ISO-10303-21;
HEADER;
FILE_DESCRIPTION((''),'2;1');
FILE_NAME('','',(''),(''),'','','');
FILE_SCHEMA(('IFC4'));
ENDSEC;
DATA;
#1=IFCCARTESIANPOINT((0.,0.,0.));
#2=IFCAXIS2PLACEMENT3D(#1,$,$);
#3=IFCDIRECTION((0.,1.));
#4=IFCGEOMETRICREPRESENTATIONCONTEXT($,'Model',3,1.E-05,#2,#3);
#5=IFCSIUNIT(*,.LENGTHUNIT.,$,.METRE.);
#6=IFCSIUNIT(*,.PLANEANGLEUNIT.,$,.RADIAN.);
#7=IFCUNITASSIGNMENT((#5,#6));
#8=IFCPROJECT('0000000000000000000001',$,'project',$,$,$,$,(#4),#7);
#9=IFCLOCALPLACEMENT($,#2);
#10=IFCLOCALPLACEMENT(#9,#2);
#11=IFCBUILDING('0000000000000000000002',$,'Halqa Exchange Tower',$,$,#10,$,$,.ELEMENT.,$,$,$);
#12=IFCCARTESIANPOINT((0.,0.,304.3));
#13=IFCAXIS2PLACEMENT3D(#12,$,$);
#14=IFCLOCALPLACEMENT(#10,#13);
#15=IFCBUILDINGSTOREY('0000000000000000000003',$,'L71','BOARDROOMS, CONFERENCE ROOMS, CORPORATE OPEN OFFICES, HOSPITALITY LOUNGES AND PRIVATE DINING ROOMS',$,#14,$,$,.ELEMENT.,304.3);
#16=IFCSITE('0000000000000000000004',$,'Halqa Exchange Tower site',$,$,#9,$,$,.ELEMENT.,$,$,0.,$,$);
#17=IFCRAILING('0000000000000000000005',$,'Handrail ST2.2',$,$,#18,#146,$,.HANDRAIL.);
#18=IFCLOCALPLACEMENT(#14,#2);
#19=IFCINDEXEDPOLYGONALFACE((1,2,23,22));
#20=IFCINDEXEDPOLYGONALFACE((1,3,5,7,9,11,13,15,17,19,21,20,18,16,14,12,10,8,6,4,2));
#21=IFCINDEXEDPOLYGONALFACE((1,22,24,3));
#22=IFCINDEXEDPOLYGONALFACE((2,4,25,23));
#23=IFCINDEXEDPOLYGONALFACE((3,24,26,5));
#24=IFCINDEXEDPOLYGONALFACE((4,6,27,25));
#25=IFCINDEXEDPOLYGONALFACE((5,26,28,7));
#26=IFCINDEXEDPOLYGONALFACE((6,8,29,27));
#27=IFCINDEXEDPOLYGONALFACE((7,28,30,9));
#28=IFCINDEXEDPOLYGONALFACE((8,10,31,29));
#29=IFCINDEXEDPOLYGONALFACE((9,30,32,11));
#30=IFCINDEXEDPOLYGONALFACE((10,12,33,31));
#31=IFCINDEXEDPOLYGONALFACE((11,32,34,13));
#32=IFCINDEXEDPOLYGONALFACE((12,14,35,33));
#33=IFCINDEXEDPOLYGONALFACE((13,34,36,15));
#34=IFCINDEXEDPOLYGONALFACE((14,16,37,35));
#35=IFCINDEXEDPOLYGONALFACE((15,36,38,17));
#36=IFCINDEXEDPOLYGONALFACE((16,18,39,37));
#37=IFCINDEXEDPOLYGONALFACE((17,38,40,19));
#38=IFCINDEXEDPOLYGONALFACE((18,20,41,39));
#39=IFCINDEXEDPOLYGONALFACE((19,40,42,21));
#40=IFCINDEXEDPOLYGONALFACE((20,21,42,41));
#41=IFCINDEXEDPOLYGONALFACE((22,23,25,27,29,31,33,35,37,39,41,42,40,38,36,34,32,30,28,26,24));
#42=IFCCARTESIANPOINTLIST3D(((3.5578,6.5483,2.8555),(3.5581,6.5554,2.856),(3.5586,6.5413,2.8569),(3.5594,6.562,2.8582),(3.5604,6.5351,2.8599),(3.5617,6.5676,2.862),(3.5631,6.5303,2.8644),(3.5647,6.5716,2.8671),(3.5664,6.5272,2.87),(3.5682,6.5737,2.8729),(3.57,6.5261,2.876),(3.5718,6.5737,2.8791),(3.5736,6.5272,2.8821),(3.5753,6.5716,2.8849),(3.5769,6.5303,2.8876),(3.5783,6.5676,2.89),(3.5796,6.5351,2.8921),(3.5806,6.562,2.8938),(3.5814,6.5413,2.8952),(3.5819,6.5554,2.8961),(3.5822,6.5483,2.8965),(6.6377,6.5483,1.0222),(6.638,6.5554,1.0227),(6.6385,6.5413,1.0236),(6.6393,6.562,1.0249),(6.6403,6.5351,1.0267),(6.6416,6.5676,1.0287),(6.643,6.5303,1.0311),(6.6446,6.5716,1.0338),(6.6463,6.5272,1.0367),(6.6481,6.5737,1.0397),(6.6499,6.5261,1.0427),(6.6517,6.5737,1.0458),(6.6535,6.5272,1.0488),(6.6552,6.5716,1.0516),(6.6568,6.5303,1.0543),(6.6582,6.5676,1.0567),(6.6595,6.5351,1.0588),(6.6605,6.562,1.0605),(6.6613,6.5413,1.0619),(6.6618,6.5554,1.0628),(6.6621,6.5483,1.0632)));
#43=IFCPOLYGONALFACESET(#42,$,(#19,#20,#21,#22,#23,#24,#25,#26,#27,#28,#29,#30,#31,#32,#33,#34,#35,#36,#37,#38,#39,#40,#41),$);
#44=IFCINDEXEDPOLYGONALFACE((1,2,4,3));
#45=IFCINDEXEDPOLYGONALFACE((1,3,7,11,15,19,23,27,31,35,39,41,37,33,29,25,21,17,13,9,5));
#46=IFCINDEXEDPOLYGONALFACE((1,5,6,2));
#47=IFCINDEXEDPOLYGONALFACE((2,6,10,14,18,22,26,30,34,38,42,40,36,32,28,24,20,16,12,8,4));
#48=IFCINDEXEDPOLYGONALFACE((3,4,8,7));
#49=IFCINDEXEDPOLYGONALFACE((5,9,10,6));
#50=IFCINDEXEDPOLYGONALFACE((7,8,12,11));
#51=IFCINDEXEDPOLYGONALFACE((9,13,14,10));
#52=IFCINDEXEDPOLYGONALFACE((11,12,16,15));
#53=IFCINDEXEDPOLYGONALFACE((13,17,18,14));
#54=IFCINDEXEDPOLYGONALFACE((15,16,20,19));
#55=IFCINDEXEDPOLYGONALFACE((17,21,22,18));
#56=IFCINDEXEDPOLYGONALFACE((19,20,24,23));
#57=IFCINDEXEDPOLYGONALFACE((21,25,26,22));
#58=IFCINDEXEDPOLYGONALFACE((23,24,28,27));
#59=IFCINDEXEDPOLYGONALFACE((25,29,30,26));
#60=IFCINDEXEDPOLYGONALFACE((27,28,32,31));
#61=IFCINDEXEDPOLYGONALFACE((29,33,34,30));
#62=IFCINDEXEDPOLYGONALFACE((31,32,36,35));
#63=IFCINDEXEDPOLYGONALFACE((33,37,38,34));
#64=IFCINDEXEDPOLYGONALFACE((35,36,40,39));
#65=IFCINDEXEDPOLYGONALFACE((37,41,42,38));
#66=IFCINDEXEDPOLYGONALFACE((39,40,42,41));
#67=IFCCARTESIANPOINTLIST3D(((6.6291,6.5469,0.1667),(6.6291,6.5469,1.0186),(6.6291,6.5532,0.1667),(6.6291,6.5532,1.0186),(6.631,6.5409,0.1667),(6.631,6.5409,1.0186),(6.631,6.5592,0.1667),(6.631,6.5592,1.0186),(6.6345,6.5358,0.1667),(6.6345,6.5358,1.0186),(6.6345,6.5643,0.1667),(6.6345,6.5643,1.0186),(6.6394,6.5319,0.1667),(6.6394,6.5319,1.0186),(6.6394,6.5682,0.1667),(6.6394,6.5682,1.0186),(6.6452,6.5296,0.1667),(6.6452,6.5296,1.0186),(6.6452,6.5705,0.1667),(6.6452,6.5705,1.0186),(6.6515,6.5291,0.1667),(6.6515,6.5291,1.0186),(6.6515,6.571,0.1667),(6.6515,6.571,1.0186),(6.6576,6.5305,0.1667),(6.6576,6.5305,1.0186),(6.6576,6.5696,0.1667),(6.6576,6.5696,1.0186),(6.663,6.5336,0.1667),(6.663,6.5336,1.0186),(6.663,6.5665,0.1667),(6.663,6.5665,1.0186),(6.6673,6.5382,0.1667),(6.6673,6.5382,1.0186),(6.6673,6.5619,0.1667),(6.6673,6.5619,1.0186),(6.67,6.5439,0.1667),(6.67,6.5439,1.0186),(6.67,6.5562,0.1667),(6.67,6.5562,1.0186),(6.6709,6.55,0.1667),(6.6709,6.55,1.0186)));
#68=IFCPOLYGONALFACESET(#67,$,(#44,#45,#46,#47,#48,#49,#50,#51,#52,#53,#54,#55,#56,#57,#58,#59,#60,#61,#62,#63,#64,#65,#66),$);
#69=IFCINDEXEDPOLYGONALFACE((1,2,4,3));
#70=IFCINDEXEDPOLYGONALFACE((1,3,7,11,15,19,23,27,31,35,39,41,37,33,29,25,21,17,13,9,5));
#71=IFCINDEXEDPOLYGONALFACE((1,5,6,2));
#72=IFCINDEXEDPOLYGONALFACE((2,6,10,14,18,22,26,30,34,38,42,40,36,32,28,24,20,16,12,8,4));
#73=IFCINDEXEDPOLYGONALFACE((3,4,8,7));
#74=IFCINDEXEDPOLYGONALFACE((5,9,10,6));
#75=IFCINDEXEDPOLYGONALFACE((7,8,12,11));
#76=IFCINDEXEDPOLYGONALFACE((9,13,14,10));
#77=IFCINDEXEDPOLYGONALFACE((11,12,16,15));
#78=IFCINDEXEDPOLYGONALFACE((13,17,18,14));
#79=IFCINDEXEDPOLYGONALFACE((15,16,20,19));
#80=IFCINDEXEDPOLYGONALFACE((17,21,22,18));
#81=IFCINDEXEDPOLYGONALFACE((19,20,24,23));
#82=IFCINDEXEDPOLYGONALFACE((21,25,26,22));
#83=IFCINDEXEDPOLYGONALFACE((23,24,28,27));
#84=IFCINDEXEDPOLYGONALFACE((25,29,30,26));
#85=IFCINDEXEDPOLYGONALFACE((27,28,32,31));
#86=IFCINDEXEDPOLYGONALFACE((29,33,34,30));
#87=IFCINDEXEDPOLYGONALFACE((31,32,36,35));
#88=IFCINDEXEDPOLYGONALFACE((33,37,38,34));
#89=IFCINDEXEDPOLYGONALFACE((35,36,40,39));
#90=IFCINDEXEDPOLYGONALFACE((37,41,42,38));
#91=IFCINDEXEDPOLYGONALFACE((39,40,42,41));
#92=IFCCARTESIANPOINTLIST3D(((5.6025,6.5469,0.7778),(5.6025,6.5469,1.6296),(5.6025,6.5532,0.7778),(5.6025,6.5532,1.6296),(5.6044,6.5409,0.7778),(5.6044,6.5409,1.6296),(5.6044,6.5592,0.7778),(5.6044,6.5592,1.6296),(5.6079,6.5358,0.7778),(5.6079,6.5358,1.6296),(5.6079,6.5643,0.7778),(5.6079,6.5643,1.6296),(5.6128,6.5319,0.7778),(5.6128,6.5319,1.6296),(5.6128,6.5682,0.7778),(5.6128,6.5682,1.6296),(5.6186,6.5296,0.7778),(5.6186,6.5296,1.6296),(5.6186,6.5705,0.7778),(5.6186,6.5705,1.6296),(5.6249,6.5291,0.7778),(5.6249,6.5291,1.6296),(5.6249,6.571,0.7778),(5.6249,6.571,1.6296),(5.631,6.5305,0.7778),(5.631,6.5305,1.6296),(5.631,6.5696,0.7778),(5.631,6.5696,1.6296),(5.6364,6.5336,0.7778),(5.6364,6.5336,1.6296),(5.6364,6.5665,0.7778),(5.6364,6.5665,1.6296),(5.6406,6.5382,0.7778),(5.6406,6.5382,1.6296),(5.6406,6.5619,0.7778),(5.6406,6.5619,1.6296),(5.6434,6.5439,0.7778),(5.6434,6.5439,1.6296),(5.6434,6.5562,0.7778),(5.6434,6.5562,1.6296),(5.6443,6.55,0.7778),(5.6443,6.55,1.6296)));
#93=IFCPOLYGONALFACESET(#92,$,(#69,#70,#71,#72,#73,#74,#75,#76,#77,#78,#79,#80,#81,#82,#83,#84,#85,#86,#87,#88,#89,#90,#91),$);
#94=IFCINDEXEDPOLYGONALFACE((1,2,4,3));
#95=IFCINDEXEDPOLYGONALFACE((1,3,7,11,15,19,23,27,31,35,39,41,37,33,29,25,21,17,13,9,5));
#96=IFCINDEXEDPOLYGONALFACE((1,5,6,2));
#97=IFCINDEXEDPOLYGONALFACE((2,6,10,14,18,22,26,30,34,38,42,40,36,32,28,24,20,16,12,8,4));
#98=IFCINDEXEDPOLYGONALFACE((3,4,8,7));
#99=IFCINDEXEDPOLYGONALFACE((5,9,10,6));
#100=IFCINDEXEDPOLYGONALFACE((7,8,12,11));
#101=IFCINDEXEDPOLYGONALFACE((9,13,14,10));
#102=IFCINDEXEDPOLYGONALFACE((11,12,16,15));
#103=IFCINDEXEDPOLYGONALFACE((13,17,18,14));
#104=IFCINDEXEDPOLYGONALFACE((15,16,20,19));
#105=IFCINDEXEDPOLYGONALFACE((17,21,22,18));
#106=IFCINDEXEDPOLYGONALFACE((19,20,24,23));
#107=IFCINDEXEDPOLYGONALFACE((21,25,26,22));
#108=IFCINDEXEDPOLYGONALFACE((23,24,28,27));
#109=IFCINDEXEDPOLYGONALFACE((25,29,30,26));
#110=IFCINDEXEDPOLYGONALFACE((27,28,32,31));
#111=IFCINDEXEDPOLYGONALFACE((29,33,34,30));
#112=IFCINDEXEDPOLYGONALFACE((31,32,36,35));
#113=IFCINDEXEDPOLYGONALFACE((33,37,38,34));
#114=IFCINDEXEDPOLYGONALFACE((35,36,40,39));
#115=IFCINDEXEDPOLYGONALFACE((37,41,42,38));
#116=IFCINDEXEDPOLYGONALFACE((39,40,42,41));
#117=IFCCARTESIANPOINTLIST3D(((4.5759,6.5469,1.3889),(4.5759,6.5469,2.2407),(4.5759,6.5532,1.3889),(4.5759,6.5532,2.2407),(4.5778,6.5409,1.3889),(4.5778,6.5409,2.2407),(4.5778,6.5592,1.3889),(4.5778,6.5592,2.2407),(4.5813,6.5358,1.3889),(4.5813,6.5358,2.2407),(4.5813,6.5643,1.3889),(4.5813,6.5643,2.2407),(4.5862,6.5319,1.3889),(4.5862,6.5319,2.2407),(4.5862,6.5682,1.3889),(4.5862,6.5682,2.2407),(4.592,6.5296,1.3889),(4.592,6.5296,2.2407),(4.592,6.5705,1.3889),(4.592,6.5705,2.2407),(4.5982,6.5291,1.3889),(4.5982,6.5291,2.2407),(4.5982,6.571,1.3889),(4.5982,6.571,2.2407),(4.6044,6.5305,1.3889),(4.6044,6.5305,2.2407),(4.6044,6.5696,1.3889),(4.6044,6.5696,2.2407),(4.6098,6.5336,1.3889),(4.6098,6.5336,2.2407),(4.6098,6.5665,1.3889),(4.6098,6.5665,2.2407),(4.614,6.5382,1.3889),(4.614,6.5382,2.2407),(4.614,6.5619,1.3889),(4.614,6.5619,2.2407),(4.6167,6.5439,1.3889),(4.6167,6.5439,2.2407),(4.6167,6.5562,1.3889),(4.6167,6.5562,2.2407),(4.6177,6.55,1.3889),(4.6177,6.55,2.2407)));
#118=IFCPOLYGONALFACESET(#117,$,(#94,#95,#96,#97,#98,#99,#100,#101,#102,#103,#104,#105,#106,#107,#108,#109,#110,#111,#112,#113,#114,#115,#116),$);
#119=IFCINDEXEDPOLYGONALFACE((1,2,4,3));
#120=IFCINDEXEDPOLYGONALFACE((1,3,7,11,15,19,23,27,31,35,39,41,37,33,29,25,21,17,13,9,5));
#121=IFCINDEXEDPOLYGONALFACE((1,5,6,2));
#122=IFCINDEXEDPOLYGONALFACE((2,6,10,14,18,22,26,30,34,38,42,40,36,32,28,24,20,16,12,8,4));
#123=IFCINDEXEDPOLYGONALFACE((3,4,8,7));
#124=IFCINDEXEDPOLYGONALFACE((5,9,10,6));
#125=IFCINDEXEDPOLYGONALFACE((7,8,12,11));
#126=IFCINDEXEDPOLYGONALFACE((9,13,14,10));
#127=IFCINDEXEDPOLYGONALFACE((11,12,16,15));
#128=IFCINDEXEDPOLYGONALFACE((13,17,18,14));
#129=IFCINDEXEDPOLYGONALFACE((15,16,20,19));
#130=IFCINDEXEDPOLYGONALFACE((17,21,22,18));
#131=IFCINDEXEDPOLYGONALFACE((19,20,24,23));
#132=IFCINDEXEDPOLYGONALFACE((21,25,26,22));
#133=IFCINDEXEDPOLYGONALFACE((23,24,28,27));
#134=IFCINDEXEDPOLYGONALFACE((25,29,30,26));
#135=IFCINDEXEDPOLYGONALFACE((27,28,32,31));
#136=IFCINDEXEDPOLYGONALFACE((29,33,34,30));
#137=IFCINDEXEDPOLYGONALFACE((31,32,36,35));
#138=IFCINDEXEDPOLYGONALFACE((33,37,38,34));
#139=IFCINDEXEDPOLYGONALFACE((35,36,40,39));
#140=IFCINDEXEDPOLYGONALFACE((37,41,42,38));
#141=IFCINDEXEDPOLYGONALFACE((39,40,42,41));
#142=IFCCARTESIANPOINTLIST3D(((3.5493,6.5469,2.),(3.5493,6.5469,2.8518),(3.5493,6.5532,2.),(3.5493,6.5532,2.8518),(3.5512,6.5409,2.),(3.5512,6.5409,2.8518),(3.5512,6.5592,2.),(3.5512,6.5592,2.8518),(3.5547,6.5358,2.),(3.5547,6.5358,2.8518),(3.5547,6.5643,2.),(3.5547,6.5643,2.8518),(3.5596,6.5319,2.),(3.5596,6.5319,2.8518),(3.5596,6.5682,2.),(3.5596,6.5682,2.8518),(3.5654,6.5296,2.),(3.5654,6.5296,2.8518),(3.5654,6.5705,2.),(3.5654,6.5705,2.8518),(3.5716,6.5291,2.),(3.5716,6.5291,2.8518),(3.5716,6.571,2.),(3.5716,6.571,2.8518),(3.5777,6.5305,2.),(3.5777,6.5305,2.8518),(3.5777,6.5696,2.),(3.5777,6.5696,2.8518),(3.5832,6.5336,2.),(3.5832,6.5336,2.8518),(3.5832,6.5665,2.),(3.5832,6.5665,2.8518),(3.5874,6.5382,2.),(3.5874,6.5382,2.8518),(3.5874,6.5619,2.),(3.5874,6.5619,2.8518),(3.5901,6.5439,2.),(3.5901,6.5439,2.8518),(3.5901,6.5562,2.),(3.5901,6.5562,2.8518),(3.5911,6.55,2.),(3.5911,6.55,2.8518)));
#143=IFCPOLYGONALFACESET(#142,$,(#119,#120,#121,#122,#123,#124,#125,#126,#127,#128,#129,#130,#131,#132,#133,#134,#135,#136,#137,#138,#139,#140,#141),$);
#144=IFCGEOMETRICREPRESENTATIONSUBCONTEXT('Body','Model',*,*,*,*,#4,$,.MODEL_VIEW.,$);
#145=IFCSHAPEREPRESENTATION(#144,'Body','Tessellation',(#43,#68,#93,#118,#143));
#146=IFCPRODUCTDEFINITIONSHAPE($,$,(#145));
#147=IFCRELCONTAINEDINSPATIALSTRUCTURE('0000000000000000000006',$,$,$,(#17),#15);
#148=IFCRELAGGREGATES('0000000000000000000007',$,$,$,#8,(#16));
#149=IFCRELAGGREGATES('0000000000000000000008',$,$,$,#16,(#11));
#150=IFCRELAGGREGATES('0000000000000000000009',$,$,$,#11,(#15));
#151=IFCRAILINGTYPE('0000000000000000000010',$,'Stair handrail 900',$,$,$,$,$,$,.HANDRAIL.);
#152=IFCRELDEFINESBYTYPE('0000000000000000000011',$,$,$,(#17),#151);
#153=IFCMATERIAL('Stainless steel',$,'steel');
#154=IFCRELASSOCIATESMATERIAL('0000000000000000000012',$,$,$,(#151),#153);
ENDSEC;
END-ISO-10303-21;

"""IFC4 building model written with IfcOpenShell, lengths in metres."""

from ifc_helpers import new_model, si_unit, direction, frame, origin, origin_2d, place, context, subcontext, project, spatial, circle, extrude, material, type_object, element, save


model = new_model("IFC4")

# Units and contexts
model_context = context("Model", 3, precision=1e-05, world=origin(), true_north=direction((0.0, 1.0)))
body_context = subcontext(model_context, "Body", "Model", "MODEL_VIEW")
ifc_project = project(units=[si_unit("LENGTHUNIT", "METRE"), si_unit("PLANEANGLEUNIT", "RADIAN")], contexts=[model_context])

# Site, building, storey
site_placement = place(None, origin())
site = spatial("IfcSite", under=ifc_project, at=site_placement, Name="Halqa Exchange Tower site", CompositionType="ELEMENT", RefElevation=0.0)
building_placement = place(site_placement, origin())
building = spatial("IfcBuilding", under=site, at=building_placement, Name="Halqa Exchange Tower", CompositionType="ELEMENT")
storey_placement = place(building_placement, frame((0.0, 0.0, 304.3)))
storey = spatial("IfcBuildingStorey", under=building, at=storey_placement, Name="L71", Description="BOARDROOMS, CONFERENCE ROOMS, CORPORATE OPEN OFFICES, HOSPITALITY LOUNGES AND PRIVATE DINING ROOMS", CompositionType="ELEMENT", Elevation=304.3)

# Railing
ifc_material_1 = material(Name="Stainless steel", Category="steel")
railing_type_1 = type_object("IfcRailingType", Name="Stair handrail 900", PredefinedType="HANDRAIL", material=ifc_material_1)
railing_1_placement = place(storey_placement, frame((6.6499, 6.55, 0.1667)))
element("IfcRailing", 1, at=railing_1_placement, inside=storey, type_object=railing_type_1, Name="Handrail ST2.2", PredefinedType="HANDRAIL", context=body_context, shape_type="SweptSolid", body=[
    extrude(circle(Radius=0.0239, at=origin_2d()), frame((0.0, 0.0, 0.876), z_axis=(-0.859291, 0.0, 0.511487), x_axis=(0.0, -1.0, 0.0)), (0.0, 0.0, 1.0), 3.5842),
    extrude(circle(Radius=0.021, at=origin_2d()), origin(), (0.0, 0.0, 1.0), 0.8518),
    extrude(circle(Radius=0.021, at=origin_2d()), frame((-1.0266, 0.0, 0.6111)), (0.0, 0.0, 1.0), 0.8518),
    extrude(circle(Radius=0.021, at=origin_2d()), frame((-2.0532, 0.0, 1.2222)), (0.0, 0.0, 1.0), 0.8518),
    extrude(circle(Radius=0.021, at=origin_2d()), frame((-3.0798, 0.0, 1.8333)), (0.0, 0.0, 1.0), 0.8518),
])

save(model, "model.ifc")
